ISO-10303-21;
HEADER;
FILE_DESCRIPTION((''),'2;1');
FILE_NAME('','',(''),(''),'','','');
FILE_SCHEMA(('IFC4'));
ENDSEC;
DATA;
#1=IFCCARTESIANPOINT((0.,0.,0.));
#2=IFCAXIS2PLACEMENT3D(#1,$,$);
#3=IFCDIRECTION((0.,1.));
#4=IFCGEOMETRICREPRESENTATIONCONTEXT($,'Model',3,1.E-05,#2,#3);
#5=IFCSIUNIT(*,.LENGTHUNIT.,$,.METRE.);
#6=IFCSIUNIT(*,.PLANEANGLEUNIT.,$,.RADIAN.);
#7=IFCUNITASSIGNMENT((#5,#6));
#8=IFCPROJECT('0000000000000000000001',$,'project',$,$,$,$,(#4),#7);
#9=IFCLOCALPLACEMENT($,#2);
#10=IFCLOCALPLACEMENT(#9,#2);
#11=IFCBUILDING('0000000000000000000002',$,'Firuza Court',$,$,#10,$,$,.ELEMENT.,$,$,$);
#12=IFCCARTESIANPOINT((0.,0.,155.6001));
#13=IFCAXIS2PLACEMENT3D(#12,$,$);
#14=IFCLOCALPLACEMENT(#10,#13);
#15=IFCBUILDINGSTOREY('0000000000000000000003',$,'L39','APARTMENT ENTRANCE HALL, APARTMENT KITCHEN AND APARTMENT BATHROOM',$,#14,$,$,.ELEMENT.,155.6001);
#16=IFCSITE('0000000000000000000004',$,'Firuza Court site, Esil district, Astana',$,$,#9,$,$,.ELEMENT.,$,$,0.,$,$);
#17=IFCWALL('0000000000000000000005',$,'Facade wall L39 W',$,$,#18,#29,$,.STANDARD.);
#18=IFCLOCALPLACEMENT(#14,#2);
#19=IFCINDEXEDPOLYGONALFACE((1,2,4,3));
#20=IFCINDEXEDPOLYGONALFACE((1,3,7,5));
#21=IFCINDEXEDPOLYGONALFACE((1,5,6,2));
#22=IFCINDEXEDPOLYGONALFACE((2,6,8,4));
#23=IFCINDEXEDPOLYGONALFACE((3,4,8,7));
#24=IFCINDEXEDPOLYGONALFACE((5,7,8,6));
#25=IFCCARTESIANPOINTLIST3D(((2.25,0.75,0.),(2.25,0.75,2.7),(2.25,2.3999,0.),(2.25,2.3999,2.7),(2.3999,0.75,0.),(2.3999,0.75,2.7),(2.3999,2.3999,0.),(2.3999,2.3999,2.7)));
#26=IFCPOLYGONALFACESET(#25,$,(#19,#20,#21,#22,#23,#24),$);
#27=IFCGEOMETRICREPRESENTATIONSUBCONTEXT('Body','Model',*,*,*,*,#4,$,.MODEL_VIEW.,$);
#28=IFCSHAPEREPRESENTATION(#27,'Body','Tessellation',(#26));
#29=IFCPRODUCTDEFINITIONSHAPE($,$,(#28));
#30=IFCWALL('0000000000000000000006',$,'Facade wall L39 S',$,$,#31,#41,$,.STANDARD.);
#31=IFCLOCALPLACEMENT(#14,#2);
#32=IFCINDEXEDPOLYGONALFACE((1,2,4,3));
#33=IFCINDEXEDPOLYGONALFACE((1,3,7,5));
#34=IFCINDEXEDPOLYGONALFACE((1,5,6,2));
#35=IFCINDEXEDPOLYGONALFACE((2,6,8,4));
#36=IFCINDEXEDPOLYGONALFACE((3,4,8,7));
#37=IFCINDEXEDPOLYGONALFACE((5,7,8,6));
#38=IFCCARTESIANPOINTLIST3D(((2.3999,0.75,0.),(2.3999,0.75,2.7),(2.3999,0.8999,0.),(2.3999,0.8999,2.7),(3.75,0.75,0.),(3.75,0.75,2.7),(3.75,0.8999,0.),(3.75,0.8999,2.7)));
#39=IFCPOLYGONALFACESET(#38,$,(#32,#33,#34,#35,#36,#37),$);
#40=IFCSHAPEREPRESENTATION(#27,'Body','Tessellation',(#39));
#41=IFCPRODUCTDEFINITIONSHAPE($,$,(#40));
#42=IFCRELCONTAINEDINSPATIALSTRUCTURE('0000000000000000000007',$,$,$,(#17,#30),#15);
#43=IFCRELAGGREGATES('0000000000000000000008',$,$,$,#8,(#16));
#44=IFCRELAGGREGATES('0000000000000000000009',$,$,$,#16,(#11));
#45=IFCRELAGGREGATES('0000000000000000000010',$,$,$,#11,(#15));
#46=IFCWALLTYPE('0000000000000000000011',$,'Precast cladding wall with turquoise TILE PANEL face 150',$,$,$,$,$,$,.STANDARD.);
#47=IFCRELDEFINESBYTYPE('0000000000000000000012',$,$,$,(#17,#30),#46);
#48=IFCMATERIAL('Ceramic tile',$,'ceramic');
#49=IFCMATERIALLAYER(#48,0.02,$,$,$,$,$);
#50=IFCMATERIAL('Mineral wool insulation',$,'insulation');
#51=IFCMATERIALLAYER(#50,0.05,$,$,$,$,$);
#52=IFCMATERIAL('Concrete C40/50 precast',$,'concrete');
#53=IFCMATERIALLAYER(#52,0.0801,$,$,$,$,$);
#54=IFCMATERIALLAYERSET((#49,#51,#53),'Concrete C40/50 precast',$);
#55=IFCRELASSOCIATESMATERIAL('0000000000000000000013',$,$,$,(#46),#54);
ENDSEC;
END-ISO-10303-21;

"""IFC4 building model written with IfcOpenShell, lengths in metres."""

from ifc_helpers import new_model, si_unit, direction, frame, frame_2d, origin, place, context, subcontext, project, spatial, rectangle, extrude, material, layer, layer_set, type_object, element, save


model = new_model("IFC4")

# Units and contexts
model_context = context("Model", 3, precision=1e-05, world=origin(), true_north=direction((0.0, 1.0)))
body_context = subcontext(model_context, "Body", "Model", "MODEL_VIEW")
ifc_project = project(units=[si_unit("LENGTHUNIT", "METRE"), si_unit("PLANEANGLEUNIT", "RADIAN")], contexts=[model_context])

# Site, building, storey
site_placement = place(None, origin())
site = spatial("IfcSite", under=ifc_project, at=site_placement, Name="Firuza Court site, Esil district, Astana", CompositionType="ELEMENT", RefElevation=0.0)
building_placement = place(site_placement, origin())
building = spatial("IfcBuilding", under=site, at=building_placement, Name="Firuza Court", CompositionType="ELEMENT")
storey_placement = place(building_placement, frame((0.0, 0.0, 155.6001)))
storey = spatial("IfcBuildingStorey", under=building, at=storey_placement, Name="L39", Description="APARTMENT ENTRANCE HALL, APARTMENT KITCHEN AND APARTMENT BATHROOM", CompositionType="ELEMENT", Elevation=155.6001)

# Shared definitions
ifc_material_1 = material(Name="Concrete C40/50 precast", Category="concrete")

# Walls
ifc_material_2 = material(Name="Ceramic tile", Category="ceramic")
ifc_layer_1 = layer(ifc_material_2, 0.02)
ifc_material_3 = material(Name="Mineral wool insulation", Category="insulation")
ifc_layer_2 = layer(ifc_material_3, 0.05)
ifc_layer_3 = layer(ifc_material_1, 0.0801)
ifc_layer_set_1 = layer_set([ifc_layer_1, ifc_layer_2, ifc_layer_3], Name="Concrete C40/50 precast")
wall_type_1 = type_object("IfcWallType", Name="Precast cladding wall with turquoise TILE PANEL face 150", PredefinedType="STANDARD", material=ifc_layer_set_1)
wall_1_placement = place(storey_placement, frame((2.325, 2.3999, 0.0), z_axis=(0.0, 0.0, 1.0), x_axis=(0.0, -1.0, 0.0)))
element("IfcWall", 1, at=wall_1_placement, inside=storey, type_object=wall_type_1, Name="Facade wall L39 W", PredefinedType="STANDARD", context=body_context, shape_type="SweptSolid", body=[
    extrude(rectangle(XDim=1.6499, YDim=0.1499, at=frame_2d((0.825, 0.0))), origin(), (0.0, 0.0, 1.0), 2.7),
])
wall_2_placement = place(storey_placement, frame((2.3999, 0.825, 0.0), z_axis=(0.0, 0.0, 1.0), x_axis=(1.0, 0.0, 0.0)))
element("IfcWall", 2, at=wall_2_placement, inside=storey, type_object=wall_type_1, Name="Facade wall L39 S", PredefinedType="STANDARD", context=body_context, shape_type="SweptSolid", body=[
    extrude(rectangle(XDim=1.3501, YDim=0.1499, at=frame_2d((0.675, 0.0))), origin(), (0.0, 0.0, 1.0), 2.7),
])

save(model, "model.ifc")
